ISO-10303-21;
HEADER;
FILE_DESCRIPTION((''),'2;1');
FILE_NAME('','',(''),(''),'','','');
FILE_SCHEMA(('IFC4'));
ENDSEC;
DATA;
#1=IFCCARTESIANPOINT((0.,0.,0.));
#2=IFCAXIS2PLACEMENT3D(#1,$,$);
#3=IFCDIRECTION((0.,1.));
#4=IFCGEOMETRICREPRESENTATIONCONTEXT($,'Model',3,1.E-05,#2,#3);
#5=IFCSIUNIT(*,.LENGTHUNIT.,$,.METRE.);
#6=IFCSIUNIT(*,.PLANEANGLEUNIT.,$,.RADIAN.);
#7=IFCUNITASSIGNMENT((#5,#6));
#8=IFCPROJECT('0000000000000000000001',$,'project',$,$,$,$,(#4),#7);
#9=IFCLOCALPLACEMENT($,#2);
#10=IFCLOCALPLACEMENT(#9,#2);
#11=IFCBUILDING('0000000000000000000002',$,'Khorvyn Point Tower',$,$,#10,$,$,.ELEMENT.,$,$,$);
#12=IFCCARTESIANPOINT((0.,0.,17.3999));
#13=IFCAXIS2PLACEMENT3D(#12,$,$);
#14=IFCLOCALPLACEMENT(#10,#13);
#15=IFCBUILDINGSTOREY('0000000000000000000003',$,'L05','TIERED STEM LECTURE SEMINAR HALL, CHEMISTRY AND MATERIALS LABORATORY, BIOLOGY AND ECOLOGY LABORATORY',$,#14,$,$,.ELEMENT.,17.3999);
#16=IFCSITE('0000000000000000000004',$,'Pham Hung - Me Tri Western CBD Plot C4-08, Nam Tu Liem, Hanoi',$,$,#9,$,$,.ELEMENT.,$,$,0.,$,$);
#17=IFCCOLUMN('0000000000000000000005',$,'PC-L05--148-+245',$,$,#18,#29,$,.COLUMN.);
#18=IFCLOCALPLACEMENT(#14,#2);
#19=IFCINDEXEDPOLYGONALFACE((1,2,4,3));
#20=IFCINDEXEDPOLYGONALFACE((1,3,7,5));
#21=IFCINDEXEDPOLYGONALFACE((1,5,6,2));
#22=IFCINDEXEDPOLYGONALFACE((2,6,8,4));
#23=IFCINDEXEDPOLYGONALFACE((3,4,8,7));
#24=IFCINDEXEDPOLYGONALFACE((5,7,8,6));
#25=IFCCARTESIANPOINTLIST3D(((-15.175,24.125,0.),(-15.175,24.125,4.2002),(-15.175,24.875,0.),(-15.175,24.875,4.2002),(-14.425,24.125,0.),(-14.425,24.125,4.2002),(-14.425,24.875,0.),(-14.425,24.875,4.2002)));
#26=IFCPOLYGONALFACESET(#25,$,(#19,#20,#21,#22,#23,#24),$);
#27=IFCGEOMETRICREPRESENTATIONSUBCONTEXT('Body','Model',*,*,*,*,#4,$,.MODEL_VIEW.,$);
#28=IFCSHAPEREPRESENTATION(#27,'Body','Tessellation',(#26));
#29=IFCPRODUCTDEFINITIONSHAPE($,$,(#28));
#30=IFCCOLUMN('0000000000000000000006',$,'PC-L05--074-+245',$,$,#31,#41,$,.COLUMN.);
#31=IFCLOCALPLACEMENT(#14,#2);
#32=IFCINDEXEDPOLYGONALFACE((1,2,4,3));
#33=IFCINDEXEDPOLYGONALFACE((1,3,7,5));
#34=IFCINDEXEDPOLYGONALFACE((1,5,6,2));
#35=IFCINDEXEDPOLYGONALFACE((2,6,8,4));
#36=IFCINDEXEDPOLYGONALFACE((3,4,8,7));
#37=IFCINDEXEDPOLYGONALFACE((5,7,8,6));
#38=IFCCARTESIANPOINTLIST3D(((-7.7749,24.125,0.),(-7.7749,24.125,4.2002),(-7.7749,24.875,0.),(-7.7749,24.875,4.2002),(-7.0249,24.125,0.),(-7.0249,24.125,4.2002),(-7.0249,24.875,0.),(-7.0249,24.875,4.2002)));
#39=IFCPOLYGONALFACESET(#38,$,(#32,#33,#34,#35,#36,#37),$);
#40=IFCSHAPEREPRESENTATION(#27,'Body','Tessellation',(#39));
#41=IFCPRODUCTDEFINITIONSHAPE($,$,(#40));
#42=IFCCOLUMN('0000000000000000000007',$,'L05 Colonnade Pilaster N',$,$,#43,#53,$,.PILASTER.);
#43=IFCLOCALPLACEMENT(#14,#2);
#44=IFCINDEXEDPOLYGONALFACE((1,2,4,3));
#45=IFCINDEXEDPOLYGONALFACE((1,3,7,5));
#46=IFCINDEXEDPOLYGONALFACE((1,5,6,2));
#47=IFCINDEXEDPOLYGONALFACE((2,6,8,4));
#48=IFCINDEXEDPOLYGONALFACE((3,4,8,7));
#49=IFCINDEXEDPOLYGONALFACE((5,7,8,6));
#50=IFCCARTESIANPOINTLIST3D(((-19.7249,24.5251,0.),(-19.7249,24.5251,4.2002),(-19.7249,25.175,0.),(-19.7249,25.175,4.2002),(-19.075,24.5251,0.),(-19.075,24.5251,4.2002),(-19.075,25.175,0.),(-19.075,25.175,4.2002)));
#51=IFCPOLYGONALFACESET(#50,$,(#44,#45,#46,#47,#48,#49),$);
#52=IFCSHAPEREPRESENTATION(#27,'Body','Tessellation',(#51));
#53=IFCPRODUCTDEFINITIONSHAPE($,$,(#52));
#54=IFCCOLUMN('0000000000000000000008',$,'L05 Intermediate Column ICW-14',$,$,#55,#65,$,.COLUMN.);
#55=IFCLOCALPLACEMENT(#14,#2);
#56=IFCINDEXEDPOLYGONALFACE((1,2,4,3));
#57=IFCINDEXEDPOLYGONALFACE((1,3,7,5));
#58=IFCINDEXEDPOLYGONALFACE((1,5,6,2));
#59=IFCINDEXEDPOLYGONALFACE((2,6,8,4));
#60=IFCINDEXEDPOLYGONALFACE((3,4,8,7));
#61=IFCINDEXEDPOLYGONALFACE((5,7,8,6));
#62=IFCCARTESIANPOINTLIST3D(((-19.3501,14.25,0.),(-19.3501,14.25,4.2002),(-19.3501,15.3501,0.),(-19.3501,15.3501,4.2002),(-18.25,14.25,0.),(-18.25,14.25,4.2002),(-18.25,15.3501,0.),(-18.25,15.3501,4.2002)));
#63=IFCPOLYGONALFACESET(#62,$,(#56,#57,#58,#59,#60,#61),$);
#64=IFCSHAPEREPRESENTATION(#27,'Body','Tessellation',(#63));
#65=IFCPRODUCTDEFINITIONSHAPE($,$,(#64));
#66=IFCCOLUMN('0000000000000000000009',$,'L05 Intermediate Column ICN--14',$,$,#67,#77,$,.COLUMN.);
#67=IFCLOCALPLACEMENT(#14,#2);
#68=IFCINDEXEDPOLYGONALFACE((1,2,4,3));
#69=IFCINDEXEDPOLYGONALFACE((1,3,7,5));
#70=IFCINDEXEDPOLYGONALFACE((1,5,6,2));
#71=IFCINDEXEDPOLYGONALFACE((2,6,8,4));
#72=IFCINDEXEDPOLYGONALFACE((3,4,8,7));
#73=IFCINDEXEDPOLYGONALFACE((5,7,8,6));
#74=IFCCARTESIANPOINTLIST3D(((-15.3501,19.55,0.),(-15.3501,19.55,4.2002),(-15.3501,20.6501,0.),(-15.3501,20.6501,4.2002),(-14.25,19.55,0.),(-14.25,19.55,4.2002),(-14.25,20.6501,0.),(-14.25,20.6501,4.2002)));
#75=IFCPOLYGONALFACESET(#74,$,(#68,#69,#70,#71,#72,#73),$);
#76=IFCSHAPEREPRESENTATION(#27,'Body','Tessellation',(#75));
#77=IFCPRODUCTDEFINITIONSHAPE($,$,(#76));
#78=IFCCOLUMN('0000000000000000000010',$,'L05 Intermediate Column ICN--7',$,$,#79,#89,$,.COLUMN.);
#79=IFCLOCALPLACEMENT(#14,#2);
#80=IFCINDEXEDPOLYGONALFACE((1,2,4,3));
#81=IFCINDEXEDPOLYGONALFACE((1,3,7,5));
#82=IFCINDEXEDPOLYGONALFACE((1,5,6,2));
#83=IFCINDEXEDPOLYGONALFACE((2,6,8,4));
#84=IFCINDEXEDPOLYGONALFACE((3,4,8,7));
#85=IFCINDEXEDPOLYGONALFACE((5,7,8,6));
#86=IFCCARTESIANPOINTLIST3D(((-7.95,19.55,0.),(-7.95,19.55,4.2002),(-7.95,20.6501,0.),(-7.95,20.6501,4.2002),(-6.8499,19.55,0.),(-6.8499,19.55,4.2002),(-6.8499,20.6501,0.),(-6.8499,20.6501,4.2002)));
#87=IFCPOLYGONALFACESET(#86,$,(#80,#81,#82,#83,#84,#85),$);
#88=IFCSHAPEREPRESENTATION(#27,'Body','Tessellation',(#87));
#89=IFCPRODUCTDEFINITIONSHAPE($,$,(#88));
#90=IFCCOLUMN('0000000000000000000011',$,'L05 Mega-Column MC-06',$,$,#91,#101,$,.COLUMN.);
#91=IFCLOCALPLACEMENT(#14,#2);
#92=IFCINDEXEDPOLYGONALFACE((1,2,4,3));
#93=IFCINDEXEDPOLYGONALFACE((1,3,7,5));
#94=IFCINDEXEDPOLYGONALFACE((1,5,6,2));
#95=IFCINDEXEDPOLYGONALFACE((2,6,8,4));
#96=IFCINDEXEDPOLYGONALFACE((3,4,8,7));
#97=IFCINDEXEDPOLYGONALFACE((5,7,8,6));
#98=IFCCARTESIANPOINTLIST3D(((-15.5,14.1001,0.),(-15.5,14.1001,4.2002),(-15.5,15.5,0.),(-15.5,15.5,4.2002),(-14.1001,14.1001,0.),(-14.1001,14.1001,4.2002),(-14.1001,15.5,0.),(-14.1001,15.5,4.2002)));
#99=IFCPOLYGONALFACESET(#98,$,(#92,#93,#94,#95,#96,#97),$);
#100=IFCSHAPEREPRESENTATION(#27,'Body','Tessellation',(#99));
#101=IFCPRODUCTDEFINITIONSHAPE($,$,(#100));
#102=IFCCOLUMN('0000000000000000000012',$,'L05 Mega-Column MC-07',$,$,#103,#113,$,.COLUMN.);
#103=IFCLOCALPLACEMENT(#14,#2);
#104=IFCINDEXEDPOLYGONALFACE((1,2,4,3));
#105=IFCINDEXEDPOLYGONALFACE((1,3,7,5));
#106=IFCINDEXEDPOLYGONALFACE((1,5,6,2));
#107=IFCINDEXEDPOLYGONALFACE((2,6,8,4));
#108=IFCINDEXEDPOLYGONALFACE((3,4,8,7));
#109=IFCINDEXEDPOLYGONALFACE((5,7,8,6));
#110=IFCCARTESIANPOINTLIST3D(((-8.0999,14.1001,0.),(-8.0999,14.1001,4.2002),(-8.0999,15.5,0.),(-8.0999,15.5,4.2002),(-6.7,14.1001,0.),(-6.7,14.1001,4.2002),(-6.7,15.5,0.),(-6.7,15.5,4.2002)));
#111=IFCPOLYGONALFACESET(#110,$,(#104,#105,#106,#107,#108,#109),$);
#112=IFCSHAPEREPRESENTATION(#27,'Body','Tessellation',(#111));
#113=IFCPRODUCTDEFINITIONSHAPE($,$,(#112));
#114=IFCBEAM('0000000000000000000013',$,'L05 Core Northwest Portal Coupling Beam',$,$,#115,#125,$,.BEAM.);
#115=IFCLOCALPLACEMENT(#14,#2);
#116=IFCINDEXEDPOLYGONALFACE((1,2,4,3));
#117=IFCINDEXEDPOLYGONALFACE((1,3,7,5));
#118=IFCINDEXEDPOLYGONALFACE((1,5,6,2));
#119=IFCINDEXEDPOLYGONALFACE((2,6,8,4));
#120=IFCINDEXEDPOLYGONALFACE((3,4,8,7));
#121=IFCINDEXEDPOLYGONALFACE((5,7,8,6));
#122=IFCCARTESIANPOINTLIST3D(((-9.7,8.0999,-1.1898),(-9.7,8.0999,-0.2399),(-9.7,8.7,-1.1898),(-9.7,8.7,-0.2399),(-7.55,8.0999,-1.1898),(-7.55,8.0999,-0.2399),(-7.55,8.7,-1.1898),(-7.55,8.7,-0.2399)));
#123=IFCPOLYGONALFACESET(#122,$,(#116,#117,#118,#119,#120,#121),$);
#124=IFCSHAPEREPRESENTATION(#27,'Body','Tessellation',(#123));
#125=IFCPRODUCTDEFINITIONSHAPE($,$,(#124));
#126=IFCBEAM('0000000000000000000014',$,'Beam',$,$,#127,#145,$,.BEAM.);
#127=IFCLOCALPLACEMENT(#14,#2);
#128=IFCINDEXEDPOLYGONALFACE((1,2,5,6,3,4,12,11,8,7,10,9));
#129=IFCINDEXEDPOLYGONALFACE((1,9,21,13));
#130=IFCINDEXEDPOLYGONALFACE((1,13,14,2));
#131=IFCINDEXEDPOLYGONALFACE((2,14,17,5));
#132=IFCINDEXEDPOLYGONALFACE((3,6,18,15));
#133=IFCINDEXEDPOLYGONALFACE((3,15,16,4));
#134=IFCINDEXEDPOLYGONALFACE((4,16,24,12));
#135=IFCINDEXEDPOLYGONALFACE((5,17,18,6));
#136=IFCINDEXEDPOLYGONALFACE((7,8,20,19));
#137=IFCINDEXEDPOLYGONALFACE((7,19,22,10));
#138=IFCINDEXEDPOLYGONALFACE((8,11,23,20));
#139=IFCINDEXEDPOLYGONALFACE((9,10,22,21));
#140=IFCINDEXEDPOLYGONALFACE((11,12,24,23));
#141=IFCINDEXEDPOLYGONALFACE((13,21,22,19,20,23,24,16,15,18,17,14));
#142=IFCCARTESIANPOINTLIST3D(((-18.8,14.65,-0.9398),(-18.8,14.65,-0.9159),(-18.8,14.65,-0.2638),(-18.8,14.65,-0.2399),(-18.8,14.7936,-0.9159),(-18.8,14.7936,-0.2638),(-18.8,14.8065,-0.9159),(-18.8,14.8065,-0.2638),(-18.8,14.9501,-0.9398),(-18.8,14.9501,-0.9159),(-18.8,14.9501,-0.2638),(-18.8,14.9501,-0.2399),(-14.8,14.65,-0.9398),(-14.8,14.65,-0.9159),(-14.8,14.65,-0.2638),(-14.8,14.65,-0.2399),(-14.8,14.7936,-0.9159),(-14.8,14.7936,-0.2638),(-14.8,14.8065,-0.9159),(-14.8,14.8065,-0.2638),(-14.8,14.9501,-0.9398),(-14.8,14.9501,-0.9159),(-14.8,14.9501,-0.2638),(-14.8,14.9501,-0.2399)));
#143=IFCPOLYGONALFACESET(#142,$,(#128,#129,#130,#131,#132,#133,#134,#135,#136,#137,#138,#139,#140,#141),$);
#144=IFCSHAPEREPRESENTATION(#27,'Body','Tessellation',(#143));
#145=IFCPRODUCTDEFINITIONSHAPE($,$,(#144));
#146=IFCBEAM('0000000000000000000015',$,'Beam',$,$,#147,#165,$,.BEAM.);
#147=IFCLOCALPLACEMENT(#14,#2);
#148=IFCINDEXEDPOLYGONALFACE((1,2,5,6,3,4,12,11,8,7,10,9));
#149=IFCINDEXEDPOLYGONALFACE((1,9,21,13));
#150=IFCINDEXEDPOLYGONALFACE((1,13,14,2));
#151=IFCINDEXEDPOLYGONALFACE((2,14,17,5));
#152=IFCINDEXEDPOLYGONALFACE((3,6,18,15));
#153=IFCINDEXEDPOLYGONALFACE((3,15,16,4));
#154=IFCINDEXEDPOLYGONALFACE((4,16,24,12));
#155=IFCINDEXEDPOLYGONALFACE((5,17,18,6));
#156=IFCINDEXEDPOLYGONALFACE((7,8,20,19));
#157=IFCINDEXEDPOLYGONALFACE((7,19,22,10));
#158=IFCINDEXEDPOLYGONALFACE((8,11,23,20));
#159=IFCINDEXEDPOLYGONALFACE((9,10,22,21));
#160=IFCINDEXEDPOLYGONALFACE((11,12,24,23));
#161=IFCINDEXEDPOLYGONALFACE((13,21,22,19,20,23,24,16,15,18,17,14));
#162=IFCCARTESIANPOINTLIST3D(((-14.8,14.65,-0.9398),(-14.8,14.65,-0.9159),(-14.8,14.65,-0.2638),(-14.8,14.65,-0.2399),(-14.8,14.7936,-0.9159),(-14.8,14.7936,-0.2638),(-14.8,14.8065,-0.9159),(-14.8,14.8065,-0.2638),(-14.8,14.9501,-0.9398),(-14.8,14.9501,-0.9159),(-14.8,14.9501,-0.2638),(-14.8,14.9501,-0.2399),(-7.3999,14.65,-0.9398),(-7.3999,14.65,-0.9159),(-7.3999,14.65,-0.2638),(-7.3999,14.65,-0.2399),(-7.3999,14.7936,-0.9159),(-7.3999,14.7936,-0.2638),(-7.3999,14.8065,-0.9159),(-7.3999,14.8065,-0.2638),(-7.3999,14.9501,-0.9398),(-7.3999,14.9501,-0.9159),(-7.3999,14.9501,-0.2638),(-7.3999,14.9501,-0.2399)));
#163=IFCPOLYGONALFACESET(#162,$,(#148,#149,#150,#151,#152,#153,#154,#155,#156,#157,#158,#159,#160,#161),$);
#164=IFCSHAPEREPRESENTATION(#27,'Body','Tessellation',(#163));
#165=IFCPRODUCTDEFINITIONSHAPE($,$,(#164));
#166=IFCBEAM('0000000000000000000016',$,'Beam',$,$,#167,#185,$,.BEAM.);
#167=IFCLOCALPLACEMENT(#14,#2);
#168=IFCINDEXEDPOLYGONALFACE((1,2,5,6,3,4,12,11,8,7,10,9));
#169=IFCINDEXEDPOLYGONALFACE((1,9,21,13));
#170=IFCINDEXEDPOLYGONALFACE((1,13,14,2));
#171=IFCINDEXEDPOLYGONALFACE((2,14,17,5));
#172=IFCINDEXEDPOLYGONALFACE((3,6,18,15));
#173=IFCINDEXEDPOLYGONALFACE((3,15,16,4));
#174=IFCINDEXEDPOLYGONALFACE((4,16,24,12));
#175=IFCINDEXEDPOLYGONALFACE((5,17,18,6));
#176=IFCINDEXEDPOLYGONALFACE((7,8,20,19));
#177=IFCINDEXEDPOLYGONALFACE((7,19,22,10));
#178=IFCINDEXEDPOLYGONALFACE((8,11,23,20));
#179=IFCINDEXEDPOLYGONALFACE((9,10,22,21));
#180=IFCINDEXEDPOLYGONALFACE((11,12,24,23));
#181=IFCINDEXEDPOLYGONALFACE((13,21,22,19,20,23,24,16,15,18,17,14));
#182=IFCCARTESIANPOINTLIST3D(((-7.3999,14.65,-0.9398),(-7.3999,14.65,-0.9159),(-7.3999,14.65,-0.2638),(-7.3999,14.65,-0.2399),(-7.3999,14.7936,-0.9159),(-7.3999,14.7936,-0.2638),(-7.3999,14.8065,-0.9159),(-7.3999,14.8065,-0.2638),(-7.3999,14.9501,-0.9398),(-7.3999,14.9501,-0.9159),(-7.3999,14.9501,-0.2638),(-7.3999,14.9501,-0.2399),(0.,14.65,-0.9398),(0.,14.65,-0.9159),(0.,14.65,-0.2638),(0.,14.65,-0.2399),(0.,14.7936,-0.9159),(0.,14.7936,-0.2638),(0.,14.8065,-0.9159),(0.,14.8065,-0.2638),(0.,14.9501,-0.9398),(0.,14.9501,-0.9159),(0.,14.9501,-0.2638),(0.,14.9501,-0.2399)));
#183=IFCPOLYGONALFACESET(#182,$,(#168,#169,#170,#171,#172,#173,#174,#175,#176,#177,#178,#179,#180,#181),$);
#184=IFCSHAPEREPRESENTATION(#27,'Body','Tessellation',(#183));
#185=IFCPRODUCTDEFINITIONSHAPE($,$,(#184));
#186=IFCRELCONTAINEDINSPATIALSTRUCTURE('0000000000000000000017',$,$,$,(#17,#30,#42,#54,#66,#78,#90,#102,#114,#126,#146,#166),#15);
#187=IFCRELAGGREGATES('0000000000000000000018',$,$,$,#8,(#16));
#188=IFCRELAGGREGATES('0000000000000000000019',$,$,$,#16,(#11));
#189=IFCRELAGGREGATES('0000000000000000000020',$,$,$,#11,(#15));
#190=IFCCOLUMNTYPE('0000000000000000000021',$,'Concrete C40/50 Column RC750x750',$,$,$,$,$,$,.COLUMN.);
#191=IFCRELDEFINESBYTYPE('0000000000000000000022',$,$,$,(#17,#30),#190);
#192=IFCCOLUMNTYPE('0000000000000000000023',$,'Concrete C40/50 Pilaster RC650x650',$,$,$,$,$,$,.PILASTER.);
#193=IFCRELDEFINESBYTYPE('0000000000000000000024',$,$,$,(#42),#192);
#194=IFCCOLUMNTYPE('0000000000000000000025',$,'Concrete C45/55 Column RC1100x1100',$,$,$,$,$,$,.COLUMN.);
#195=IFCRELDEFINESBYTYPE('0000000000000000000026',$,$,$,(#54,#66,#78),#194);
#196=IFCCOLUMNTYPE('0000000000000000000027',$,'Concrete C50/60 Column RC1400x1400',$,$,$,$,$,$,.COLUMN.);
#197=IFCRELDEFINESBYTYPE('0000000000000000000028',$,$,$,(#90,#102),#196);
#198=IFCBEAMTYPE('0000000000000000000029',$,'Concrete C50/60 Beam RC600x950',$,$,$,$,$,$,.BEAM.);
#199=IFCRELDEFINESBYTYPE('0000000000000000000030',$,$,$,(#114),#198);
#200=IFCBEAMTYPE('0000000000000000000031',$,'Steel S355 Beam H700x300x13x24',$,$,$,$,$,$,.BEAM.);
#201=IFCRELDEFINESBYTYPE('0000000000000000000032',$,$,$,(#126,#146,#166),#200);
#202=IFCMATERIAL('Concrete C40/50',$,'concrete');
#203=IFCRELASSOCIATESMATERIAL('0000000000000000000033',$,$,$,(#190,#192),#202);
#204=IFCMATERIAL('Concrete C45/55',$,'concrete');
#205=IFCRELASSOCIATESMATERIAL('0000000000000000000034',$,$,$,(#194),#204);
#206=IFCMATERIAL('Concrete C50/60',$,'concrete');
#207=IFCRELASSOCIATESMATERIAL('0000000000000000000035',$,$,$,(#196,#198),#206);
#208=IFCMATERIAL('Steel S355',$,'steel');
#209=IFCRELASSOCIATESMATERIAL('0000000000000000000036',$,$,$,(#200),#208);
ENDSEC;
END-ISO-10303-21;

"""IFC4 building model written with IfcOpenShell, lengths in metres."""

from ifc_helpers import new_model, si_unit, direction, frame, origin, origin_2d, place, context, subcontext, project, spatial, rectangle, i_section, extrude, material, material_profile, profile_set, type_object, element, save


model = new_model("IFC4")

# Units and contexts
model_context = context("Model", 3, precision=1e-05, world=origin(), true_north=direction((0.0, 1.0)))
body_context = subcontext(model_context, "Body", "Model", "MODEL_VIEW")
ifc_project = project(units=[si_unit("LENGTHUNIT", "METRE"), si_unit("PLANEANGLEUNIT", "RADIAN")], contexts=[model_context])

# Site, building, storey
site_placement = place(None, origin())
site = spatial("IfcSite", under=ifc_project, at=site_placement, Name="Pham Hung - Me Tri Western CBD Plot C4-08, Nam Tu Liem, Hanoi", CompositionType="ELEMENT", RefElevation=0.0)
building_placement = place(site_placement, origin())
building = spatial("IfcBuilding", under=site, at=building_placement, Name="Khorvyn Point Tower", CompositionType="ELEMENT")
storey_placement = place(building_placement, frame((0.0, 0.0, 17.3999)))
storey = spatial("IfcBuildingStorey", under=building, at=storey_placement, Name="L05", Description="TIERED STEM LECTURE SEMINAR HALL, CHEMISTRY AND MATERIALS LABORATORY, BIOLOGY AND ECOLOGY LABORATORY", CompositionType="ELEMENT", Elevation=17.3999)

# Columns
ifc_material_1 = material(Name="Concrete C40/50", Category="concrete")
ifc_material_profile_1 = material_profile(ifc_material_1, rectangle(XDim=0.75, YDim=0.75, at=origin_2d()))
ifc_profile_set_1 = profile_set([ifc_material_profile_1], Name="Concrete C40/50 RC750x750")
column_type_1 = type_object("IfcColumnType", Name="Concrete C40/50 Column RC750x750", PredefinedType="COLUMN", material=ifc_profile_set_1)
for number, where, z_axis, x_axis, name in (
    (1, (-14.8, 24.5, 0.0), (0.0, 0.0, 1.0), (1.0, 0.0, 0.0), "PC-L05--148-+245"),
    (2, (-7.3999, 24.5, 0.0), (0.0, 0.0, 1.0), (1.0, 0.0, 0.0), "PC-L05--074-+245"),
):
    element("IfcColumn", number, at=place(storey_placement, frame(where, z_axis=z_axis, x_axis=x_axis)), inside=storey, type_object=column_type_1, Name=name, PredefinedType="COLUMN", context=body_context, shape_type="SweptSolid", body=[
        extrude(rectangle(XDim=0.75, YDim=0.75, at=origin_2d()), origin(), (0.0, 0.0, 1.0), 4.2002),
    ])
ifc_material_profile_2 = material_profile(ifc_material_1, rectangle(XDim=0.6499, YDim=0.6499, at=origin_2d()))
ifc_profile_set_2 = profile_set([ifc_material_profile_2], Name="Concrete C40/50 RC650x650")
column_type_2 = type_object("IfcColumnType", Name="Concrete C40/50 Pilaster RC650x650", PredefinedType="PILASTER", material=ifc_profile_set_2)
column_placement = place(storey_placement, frame((-19.3999, 24.8501, 0.0), z_axis=(0.0, 0.0, 1.0), x_axis=(1.0, 0.0, 0.0)))
element("IfcColumn", 3, at=column_placement, inside=storey, type_object=column_type_2, Name="L05 Colonnade Pilaster N", PredefinedType="PILASTER", context=body_context, shape_type="SweptSolid", body=[
    extrude(rectangle(XDim=0.6499, YDim=0.6499, at=origin_2d()), origin(), (0.0, 0.0, 1.0), 4.2002),
])
ifc_material_2 = material(Name="Concrete C45/55", Category="concrete")
ifc_material_profile_3 = material_profile(ifc_material_2, rectangle(XDim=1.1001, YDim=1.1001, at=origin_2d()))
ifc_profile_set_3 = profile_set([ifc_material_profile_3], Name="Concrete C45/55 RC1100x1100")
column_type_3 = type_object("IfcColumnType", Name="Concrete C45/55 Column RC1100x1100", PredefinedType="COLUMN", material=ifc_profile_set_3)
for number, where, z_axis, x_axis, name in (
    (4, (-18.8, 14.8, 0.0), (0.0, 0.0, 1.0), (1.0, 0.0, 0.0), "L05 Intermediate Column ICW-14"),
    (5, (-14.8, 20.1001, 0.0), (0.0, 0.0, 1.0), (1.0, 0.0, 0.0), "L05 Intermediate Column ICN--14"),
    (6, (-7.3999, 20.1001, 0.0), (0.0, 0.0, 1.0), (1.0, 0.0, 0.0), "L05 Intermediate Column ICN--7"),
):
    element("IfcColumn", number, at=place(storey_placement, frame(where, z_axis=z_axis, x_axis=x_axis)), inside=storey, type_object=column_type_3, Name=name, PredefinedType="COLUMN", context=body_context, shape_type="SweptSolid", body=[
        extrude(rectangle(XDim=1.1001, YDim=1.1001, at=origin_2d()), origin(), (0.0, 0.0, 1.0), 4.2002),
    ])
ifc_material_3 = material(Name="Concrete C50/60", Category="concrete")
ifc_material_profile_4 = material_profile(ifc_material_3, rectangle(XDim=1.3999, YDim=1.3999, at=origin_2d()))
ifc_profile_set_4 = profile_set([ifc_material_profile_4], Name="Concrete C50/60 RC1400x1400")
column_type_4 = type_object("IfcColumnType", Name="Concrete C50/60 Column RC1400x1400", PredefinedType="COLUMN", material=ifc_profile_set_4)
for number, where, z_axis, x_axis, name in (
    (7, (-14.8, 14.8, 0.0), (0.0, 0.0, 1.0), (1.0, 0.0, 0.0), "L05 Mega-Column MC-06"),
    (8, (-7.3999, 14.8, 0.0), (0.0, 0.0, 1.0), (1.0, 0.0, 0.0), "L05 Mega-Column MC-07"),
):
    element("IfcColumn", number, at=place(storey_placement, frame(where, z_axis=z_axis, x_axis=x_axis)), inside=storey, type_object=column_type_4, Name=name, PredefinedType="COLUMN", context=body_context, shape_type="SweptSolid", body=[
        extrude(rectangle(XDim=1.3999, YDim=1.3999, at=origin_2d()), origin(), (0.0, 0.0, 1.0), 4.2002),
    ])

# Beams
ifc_material_profile_5 = material_profile(ifc_material_3, rectangle(XDim=0.6001, YDim=0.95, at=origin_2d()))
ifc_profile_set_5 = profile_set([ifc_material_profile_5], Name="Concrete C50/60 RC600x950")
beam_type_1 = type_object("IfcBeamType", Name="Concrete C50/60 Beam RC600x950", PredefinedType="BEAM", material=ifc_profile_set_5)
beam_1_placement = place(storey_placement, frame((-9.7, 8.3999, -0.7148), z_axis=(1.0, 0.0, 0.0), x_axis=(0.0, 1.0, 0.0)))
element("IfcBeam", 9, at=beam_1_placement, inside=storey, type_object=beam_type_1, Name="L05 Core Northwest Portal Coupling Beam", PredefinedType="BEAM", context=body_context, shape_type="SweptSolid", body=[
    extrude(rectangle(XDim=0.6001, YDim=0.95, at=origin_2d()), origin(), (0.0, 0.0, 1.0), 2.1499),
])
ifc_material_4 = material(Name="Steel S355", Category="steel")
ifc_material_profile_6 = material_profile(ifc_material_4, i_section(OverallWidth=0.3, OverallDepth=0.7, WebThickness=0.0129, FlangeThickness=0.0239, at=origin_2d()))
ifc_profile_set_6 = profile_set([ifc_material_profile_6], Name="Steel S355 H700x300x13x24")
beam_type_2 = type_object("IfcBeamType", Name="Steel S355 Beam H700x300x13x24", PredefinedType="BEAM", material=ifc_profile_set_6)
beam_2_placement = place(storey_placement, frame((-18.8, 14.8, -0.5898), z_axis=(1.0, 0.0, 0.0), x_axis=(0.0, 1.0, 0.0)))
element("IfcBeam", 10, at=beam_2_placement, inside=storey, type_object=beam_type_2, Name="Beam", PredefinedType="BEAM", context=body_context, shape_type="SweptSolid", body=[
    extrude(i_section(OverallWidth=0.3, OverallDepth=0.7, WebThickness=0.0129, FlangeThickness=0.0239, at=origin_2d()), origin(), (0.0, 0.0, 1.0), 4.0),
])
beam_3_placement = place(storey_placement, frame((-14.8, 14.8, -0.5898), z_axis=(1.0, 0.0, 0.0), x_axis=(0.0, 1.0, 0.0)))
element("IfcBeam", 11, at=beam_3_placement, inside=storey, type_object=beam_type_2, Name="Beam", PredefinedType="BEAM", context=body_context, shape_type="SweptSolid", body=[
    extrude(i_section(OverallWidth=0.3, OverallDepth=0.7, WebThickness=0.0129, FlangeThickness=0.0239, at=origin_2d()), origin(), (0.0, 0.0, 1.0), 7.4001),
])
beam_4_placement = place(storey_placement, frame((-7.3999, 14.8, -0.5898), z_axis=(1.0, 0.0, 0.0), x_axis=(0.0, 1.0, 0.0)))
element("IfcBeam", 12, at=beam_4_placement, inside=storey, type_object=beam_type_2, Name="Beam", PredefinedType="BEAM", context=body_context, shape_type="SweptSolid", body=[
    extrude(i_section(OverallWidth=0.3, OverallDepth=0.7, WebThickness=0.0129, FlangeThickness=0.0239, at=origin_2d()), origin(), (0.0, 0.0, 1.0), 7.3999),
])

save(model, "model.ifc")
